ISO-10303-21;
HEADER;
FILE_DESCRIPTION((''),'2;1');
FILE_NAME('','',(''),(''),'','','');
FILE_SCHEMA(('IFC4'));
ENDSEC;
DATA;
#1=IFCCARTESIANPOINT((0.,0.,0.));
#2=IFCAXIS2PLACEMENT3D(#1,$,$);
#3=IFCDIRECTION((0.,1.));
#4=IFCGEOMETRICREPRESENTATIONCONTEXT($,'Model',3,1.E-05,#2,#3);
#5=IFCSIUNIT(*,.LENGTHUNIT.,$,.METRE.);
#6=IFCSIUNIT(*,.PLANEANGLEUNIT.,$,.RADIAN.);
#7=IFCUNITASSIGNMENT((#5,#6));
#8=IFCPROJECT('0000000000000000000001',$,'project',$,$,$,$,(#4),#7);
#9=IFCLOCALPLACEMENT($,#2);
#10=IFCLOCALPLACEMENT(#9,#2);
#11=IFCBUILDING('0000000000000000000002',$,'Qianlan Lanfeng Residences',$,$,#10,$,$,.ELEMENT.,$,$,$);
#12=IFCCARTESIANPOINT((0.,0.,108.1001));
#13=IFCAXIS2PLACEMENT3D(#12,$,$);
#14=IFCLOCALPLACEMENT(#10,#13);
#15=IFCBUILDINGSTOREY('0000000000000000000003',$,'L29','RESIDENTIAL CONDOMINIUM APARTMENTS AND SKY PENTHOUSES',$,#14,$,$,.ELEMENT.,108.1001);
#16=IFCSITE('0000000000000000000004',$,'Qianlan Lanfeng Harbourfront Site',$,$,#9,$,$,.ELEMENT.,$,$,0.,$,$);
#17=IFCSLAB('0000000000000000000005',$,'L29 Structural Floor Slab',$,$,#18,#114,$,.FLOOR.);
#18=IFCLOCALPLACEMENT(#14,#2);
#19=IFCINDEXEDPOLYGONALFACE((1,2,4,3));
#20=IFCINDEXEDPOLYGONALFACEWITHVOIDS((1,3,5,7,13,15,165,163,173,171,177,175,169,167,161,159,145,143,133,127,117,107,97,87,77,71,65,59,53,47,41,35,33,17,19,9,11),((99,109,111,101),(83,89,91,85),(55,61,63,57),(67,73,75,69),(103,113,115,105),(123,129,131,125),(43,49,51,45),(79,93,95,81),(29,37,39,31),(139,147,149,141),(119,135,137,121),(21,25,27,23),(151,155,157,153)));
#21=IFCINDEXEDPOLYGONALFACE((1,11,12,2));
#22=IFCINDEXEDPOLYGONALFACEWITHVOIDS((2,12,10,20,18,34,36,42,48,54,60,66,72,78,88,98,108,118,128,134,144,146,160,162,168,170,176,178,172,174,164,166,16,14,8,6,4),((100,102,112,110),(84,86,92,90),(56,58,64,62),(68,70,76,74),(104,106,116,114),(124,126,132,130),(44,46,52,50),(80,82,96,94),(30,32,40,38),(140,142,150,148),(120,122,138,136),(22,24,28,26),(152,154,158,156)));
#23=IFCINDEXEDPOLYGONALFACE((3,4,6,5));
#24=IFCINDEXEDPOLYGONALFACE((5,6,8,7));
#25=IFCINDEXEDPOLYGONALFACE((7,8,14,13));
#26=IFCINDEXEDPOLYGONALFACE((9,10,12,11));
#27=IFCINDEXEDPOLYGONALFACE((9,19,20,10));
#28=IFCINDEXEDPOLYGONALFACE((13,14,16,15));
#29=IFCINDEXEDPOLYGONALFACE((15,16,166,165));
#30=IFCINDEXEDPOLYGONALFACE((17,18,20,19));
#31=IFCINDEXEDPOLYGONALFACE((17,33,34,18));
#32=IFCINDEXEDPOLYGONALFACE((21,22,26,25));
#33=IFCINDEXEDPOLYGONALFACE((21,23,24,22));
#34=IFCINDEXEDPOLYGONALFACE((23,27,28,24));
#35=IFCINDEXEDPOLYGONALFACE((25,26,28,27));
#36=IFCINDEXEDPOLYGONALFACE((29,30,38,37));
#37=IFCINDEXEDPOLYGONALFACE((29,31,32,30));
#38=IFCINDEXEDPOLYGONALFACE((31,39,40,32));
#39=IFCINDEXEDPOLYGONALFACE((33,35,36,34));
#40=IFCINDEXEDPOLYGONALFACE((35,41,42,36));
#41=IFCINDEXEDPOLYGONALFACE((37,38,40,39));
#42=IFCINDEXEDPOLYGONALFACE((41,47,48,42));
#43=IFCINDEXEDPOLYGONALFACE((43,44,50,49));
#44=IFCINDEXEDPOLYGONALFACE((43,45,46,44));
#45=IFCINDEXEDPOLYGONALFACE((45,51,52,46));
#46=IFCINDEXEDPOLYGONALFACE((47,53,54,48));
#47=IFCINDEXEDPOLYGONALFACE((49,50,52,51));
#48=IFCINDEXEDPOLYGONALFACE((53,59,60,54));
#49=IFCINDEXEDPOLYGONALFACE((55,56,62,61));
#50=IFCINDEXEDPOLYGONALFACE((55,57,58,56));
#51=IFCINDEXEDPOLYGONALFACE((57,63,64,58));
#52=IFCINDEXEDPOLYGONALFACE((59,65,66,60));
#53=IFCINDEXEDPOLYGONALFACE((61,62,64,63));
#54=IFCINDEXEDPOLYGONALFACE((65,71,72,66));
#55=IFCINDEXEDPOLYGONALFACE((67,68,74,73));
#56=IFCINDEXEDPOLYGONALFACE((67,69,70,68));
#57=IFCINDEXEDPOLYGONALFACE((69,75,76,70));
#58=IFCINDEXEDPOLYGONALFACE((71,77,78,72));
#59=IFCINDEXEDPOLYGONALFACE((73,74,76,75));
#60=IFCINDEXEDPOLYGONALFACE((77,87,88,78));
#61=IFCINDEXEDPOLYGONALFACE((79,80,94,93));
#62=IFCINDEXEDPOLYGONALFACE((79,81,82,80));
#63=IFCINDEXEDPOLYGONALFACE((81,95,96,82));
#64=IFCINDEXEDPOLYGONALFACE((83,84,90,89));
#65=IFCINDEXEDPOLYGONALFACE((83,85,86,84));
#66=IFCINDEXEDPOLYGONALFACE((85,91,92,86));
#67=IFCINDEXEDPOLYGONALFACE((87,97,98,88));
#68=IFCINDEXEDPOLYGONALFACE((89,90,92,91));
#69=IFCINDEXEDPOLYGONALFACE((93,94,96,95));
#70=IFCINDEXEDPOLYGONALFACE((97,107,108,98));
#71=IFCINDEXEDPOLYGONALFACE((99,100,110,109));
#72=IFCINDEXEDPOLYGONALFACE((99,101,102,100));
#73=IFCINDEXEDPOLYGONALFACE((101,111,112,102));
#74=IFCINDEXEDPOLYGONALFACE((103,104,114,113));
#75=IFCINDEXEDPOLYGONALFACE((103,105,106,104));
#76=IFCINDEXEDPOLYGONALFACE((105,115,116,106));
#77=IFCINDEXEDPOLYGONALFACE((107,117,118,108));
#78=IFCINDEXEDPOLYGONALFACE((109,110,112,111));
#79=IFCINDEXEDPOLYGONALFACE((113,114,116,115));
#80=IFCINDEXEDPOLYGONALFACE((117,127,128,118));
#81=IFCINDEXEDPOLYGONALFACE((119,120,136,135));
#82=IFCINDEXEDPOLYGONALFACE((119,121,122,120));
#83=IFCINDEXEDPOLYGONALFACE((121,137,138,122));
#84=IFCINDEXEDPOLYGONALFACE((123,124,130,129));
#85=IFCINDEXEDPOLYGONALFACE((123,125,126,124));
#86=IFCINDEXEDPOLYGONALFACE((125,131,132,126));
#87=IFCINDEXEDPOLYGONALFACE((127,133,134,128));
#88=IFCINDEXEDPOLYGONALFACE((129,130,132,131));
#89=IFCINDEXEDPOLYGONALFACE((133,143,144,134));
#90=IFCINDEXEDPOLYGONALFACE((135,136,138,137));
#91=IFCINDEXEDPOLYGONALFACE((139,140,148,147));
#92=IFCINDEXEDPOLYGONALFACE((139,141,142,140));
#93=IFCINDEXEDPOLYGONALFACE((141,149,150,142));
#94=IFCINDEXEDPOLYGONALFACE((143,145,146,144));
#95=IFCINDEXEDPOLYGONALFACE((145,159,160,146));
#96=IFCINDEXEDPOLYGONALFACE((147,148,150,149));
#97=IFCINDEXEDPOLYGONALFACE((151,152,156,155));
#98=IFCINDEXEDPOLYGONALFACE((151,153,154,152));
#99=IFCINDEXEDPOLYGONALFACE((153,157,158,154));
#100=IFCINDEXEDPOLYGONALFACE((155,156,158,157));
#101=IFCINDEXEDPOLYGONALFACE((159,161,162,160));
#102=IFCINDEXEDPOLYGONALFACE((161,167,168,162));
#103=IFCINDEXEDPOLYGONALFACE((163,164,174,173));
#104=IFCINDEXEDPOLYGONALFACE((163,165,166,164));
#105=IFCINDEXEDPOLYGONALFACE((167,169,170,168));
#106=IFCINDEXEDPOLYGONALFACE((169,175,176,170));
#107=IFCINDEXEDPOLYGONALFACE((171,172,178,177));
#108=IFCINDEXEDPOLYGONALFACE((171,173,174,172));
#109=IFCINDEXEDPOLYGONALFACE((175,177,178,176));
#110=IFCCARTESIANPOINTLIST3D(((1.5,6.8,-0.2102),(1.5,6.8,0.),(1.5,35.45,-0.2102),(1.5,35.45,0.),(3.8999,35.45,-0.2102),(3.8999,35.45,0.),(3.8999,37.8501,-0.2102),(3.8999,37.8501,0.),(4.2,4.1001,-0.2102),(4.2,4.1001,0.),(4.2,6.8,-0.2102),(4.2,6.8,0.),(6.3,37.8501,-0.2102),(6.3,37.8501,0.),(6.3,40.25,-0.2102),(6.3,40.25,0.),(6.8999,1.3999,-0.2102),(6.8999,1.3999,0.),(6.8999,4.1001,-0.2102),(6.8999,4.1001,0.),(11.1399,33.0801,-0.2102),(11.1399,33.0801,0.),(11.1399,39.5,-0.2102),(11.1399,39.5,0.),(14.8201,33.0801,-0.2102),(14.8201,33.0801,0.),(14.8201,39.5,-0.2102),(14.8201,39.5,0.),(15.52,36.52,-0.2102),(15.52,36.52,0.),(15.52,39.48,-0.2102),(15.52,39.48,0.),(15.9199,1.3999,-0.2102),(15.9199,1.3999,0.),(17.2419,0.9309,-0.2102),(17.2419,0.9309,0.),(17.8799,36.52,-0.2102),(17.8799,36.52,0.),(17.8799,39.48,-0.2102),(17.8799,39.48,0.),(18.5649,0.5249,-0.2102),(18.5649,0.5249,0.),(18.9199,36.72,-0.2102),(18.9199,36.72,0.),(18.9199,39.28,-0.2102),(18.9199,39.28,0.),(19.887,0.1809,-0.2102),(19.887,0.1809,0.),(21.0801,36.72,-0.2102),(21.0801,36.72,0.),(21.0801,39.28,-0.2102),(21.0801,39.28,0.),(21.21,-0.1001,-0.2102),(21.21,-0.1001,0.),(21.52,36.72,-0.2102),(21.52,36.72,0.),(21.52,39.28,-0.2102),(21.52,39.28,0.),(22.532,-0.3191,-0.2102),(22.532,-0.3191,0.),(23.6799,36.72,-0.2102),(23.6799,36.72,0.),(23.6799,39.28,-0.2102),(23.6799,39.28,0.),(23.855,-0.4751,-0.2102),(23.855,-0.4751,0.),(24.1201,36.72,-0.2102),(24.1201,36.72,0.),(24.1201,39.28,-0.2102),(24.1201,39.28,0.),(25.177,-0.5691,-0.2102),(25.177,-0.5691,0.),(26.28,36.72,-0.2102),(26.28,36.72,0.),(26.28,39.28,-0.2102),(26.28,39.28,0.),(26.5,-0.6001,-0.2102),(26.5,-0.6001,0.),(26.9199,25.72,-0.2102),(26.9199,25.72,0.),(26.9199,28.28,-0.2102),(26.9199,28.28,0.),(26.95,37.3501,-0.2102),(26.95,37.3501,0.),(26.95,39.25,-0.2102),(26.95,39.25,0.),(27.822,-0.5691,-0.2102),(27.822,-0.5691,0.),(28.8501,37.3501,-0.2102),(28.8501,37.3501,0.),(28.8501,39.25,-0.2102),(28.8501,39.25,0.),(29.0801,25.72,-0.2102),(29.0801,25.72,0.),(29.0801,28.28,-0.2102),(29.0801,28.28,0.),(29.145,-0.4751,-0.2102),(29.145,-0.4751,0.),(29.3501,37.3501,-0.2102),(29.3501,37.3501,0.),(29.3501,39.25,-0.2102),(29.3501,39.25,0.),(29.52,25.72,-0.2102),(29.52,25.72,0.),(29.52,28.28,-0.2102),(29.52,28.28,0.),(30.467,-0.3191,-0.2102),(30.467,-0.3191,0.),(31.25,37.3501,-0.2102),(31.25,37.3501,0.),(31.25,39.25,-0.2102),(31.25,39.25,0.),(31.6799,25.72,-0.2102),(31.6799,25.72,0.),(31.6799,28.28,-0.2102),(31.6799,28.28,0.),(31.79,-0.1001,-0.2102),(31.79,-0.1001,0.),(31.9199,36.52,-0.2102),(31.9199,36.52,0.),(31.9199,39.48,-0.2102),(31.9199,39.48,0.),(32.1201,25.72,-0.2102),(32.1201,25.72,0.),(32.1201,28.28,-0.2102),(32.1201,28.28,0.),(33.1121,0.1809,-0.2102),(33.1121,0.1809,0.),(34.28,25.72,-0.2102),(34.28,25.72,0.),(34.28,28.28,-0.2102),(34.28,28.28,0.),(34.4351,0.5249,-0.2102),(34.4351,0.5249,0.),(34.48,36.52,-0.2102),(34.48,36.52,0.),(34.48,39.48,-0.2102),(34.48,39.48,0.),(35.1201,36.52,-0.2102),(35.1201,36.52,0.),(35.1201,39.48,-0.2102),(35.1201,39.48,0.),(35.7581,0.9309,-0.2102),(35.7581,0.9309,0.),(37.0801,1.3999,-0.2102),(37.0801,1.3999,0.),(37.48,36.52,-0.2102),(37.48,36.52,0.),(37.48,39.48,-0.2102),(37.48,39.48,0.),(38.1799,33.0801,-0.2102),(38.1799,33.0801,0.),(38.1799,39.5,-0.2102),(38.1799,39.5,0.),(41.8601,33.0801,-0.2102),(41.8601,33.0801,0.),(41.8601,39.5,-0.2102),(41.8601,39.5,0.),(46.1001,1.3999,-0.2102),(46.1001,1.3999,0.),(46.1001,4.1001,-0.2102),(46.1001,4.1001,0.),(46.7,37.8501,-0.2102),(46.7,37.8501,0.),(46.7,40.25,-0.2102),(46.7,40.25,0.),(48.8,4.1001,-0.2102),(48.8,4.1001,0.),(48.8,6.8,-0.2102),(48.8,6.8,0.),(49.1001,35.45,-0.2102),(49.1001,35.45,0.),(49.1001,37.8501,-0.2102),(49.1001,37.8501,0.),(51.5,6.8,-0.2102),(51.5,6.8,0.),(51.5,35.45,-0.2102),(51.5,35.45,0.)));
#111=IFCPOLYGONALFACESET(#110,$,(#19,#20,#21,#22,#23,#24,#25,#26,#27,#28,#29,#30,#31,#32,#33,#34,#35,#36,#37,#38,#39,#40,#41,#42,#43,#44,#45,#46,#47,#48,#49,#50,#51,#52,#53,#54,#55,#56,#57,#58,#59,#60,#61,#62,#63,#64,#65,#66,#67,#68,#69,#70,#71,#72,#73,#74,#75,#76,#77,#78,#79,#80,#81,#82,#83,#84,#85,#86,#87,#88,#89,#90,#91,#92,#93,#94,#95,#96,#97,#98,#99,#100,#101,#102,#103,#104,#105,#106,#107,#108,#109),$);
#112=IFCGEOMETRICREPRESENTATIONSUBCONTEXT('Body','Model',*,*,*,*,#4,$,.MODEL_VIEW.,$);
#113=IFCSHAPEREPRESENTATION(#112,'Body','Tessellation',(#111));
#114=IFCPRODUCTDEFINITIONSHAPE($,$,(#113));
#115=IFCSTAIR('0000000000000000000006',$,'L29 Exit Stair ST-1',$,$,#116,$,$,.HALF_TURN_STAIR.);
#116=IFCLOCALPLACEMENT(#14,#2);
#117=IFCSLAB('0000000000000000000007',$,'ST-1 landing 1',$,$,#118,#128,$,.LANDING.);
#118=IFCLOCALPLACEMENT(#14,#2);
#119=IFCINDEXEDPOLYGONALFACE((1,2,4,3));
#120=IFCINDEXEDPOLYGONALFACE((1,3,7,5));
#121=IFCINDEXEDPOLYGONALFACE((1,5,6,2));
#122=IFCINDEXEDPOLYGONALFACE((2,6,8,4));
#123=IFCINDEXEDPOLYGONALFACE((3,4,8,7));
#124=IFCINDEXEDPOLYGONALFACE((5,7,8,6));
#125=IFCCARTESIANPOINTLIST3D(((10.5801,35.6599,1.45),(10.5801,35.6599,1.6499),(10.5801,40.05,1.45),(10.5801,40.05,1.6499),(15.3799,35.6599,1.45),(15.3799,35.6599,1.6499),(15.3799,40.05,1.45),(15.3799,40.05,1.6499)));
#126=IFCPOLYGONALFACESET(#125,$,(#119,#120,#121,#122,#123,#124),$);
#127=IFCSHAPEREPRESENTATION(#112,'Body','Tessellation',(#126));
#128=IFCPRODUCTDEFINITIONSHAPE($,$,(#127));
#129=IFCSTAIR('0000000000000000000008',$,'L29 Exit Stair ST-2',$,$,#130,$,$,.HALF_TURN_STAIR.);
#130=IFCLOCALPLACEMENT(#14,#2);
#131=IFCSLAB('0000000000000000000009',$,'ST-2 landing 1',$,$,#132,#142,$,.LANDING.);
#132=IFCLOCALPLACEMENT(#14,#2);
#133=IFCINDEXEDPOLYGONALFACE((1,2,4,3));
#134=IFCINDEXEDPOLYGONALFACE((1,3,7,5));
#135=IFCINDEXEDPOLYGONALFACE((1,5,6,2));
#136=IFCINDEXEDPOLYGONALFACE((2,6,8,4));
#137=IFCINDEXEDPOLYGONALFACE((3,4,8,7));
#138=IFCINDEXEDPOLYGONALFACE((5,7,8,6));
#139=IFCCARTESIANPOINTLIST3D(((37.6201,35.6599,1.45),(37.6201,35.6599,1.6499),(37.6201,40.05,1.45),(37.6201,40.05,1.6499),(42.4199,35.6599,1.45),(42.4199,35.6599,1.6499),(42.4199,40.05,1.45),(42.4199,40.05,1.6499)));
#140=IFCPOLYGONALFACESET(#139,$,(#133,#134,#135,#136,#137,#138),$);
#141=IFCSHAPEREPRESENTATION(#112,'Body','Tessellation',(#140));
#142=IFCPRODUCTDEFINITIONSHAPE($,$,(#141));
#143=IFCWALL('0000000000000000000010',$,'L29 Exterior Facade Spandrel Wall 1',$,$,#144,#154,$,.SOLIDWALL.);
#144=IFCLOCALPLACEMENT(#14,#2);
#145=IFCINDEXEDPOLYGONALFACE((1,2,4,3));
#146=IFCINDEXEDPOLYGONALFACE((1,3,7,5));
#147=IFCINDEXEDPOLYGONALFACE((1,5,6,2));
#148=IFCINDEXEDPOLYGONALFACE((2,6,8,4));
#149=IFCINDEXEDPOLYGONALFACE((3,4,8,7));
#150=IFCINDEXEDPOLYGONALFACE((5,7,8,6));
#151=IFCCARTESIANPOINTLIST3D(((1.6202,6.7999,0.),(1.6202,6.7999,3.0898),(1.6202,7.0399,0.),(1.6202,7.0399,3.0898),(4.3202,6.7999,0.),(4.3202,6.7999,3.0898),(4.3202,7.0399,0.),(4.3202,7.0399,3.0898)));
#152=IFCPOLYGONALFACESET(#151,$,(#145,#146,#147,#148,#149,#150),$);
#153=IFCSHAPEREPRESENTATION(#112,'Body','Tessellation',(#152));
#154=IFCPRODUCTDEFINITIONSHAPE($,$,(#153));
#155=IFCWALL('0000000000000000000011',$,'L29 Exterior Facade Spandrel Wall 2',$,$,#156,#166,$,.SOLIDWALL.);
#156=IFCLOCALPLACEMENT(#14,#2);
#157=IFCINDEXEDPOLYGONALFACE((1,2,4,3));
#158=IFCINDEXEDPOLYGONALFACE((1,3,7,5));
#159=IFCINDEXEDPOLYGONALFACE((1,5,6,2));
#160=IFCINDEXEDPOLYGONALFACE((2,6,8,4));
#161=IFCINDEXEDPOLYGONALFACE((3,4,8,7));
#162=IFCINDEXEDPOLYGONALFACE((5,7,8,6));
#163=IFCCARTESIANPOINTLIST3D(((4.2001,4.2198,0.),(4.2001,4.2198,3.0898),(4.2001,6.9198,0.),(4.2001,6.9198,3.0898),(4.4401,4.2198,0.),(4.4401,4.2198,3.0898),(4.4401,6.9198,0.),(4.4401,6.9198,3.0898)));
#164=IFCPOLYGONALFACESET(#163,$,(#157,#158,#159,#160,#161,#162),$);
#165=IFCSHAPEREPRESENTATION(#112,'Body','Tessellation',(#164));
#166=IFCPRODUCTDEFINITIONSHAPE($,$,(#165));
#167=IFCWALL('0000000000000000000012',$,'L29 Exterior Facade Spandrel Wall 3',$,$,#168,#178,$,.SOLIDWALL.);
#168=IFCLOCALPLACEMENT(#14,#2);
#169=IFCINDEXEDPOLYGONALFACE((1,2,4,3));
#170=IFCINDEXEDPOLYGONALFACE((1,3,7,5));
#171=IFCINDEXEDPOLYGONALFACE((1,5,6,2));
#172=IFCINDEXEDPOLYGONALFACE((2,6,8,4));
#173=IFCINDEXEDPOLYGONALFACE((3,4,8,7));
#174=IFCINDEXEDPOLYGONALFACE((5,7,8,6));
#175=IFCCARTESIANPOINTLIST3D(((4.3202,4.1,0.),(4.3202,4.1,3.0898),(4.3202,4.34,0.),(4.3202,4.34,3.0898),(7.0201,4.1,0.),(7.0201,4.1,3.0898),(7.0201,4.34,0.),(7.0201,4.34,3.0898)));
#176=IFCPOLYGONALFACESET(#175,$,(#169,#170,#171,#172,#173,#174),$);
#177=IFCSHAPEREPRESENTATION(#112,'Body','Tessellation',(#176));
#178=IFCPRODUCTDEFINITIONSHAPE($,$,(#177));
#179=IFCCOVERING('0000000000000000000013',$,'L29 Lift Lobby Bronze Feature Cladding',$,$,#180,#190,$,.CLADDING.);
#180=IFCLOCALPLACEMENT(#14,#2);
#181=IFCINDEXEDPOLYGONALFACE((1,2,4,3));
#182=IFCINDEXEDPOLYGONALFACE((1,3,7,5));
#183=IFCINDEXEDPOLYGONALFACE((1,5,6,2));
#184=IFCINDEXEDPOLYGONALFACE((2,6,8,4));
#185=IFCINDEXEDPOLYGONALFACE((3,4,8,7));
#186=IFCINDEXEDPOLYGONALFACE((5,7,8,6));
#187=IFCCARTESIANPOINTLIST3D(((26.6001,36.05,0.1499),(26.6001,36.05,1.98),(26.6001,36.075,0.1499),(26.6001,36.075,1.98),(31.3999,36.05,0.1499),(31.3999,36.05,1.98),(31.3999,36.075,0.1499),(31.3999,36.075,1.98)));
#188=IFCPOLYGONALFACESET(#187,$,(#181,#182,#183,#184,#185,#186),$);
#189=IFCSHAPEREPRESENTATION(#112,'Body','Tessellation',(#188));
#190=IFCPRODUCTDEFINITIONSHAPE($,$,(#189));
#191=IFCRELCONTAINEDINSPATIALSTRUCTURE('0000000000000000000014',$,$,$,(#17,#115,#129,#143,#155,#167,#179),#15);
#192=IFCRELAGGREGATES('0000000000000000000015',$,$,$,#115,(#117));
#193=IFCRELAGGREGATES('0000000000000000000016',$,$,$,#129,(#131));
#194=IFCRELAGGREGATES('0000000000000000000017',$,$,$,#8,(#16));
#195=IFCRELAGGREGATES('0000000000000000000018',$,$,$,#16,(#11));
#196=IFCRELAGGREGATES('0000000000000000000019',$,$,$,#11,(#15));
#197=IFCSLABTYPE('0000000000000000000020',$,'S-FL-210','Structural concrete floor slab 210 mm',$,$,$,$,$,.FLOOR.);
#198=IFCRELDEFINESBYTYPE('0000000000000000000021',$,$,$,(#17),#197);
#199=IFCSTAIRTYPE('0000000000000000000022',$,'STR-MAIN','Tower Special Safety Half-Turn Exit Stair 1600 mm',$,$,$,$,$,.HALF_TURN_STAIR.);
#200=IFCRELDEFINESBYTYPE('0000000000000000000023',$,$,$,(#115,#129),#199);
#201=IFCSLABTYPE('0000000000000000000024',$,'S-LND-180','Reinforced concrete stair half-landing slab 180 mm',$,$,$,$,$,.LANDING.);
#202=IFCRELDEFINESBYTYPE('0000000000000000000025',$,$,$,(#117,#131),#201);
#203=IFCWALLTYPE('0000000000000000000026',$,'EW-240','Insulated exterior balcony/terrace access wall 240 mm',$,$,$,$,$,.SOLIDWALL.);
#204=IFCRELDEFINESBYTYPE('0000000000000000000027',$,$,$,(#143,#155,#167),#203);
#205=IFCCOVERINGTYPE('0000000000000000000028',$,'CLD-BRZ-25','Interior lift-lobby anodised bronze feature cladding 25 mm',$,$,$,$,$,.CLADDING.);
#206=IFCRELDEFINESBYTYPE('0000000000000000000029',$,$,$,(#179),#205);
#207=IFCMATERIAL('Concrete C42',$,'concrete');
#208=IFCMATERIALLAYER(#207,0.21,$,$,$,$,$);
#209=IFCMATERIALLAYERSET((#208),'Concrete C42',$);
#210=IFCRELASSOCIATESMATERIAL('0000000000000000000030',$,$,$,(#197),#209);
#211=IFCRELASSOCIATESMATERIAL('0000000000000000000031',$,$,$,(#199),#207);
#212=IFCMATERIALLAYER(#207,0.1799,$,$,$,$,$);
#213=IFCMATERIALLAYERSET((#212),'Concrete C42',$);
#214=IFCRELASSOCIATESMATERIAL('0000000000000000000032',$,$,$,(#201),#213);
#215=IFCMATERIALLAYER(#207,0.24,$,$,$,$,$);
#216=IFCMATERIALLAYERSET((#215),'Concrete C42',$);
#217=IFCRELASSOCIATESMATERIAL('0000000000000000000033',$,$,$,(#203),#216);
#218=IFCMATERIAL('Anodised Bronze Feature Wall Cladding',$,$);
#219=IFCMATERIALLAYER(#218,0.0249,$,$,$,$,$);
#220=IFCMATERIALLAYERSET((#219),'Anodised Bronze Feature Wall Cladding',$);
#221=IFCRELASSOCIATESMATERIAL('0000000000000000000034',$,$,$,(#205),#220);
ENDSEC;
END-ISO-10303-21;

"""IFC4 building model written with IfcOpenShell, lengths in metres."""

from ifc_helpers import new_model, si_unit, direction, frame, frame_2d, origin, place, context, subcontext, project, spatial, polyline, rectangle, outline, extrude, material, layer, layer_set, type_object, element, aggregate, save


model = new_model("IFC4")

# Units and contexts
model_context = context("Model", 3, precision=1e-05, world=origin(), true_north=direction((0.0, 1.0)))
body_context = subcontext(model_context, "Body", "Model", "MODEL_VIEW")
ifc_project = project(units=[si_unit("LENGTHUNIT", "METRE"), si_unit("PLANEANGLEUNIT", "RADIAN")], contexts=[model_context])

# Site, building, storey
site_placement = place(None, origin())
site = spatial("IfcSite", under=ifc_project, at=site_placement, Name="Qianlan Lanfeng Harbourfront Site", CompositionType="ELEMENT", RefElevation=0.0)
building_placement = place(site_placement, origin())
building = spatial("IfcBuilding", under=site, at=building_placement, Name="Qianlan Lanfeng Residences", CompositionType="ELEMENT")
storey_placement = place(building_placement, frame((0.0, 0.0, 108.1001)))
storey = spatial("IfcBuildingStorey", under=building, at=storey_placement, Name="L29", Description="RESIDENTIAL CONDOMINIUM APARTMENTS AND SKY PENTHOUSES", CompositionType="ELEMENT", Elevation=108.1001)

# Slab
ifc_material_1 = material(Name="Concrete C42", Category="concrete")
ifc_layer_1 = layer(ifc_material_1, 0.21)
ifc_layer_set_1 = layer_set([ifc_layer_1], Name="Concrete C42")
slab_type_1 = type_object("IfcSlabType", Name="S-FL-210", Description="Structural concrete floor slab 210 mm", PredefinedType="FLOOR", material=ifc_layer_set_1)
slab_1_placement = place(storey_placement, frame((0.0, 0.0, -0.2102)))
element("IfcSlab", 1, at=slab_1_placement, inside=storey, type_object=slab_type_1, Name="L29 Structural Floor Slab", PredefinedType="FLOOR", context=body_context, shape_type="SweptSolid", body=[
    extrude(outline(polyline([(1.5, 6.8), (4.2, 6.8), (4.2, 4.1001), (6.8999, 4.1001), (6.8999, 1.3999), (15.9199, 1.3999), (17.2419, 0.9309), (18.5649, 0.5249), (19.887, 0.1809), (21.21, -0.1001), (22.532, -0.3191), (23.855, -0.4751), (25.177, -0.5691), (26.5, -0.6001), (27.822, -0.5691), (29.145, -0.4751), (30.467, -0.3191), (31.79, -0.1001), (33.1121, 0.1809), (34.4351, 0.5249), (35.7581, 0.9309), (37.0801, 1.3999), (46.1001, 1.3999), (46.1001, 4.1001), (48.8, 4.1001), (48.8, 6.8), (51.5, 6.8), (51.5, 35.45), (49.1001, 35.45), (49.1001, 37.8501), (46.7, 37.8501), (46.7, 40.25), (6.3, 40.25), (6.3, 37.8501), (3.8999, 37.8501), (3.8999, 35.45), (1.5, 35.45), (1.5, 6.8)]), holes=[polyline([(11.1399, 33.0801), (11.1399, 39.5), (14.8201, 39.5), (14.8201, 33.0801), (11.1399, 33.0801)]), polyline([(38.1799, 33.0801), (38.1799, 39.5), (41.8601, 39.5), (41.8601, 33.0801), (38.1799, 33.0801)]), polyline([(15.52, 36.52), (15.52, 39.48), (17.8799, 39.48), (17.8799, 36.52), (15.52, 36.52)]), polyline([(35.1201, 36.52), (35.1201, 39.48), (37.48, 39.48), (37.48, 36.52), (35.1201, 36.52)]), polyline([(31.9199, 36.52), (31.9199, 39.48), (34.48, 39.48), (34.48, 36.52), (31.9199, 36.52)]), polyline([(26.9199, 25.72), (26.9199, 28.28), (29.0801, 28.28), (29.0801, 25.72), (26.9199, 25.72)]), polyline([(29.52, 25.72), (29.52, 28.28), (31.6799, 28.28), (31.6799, 25.72), (29.52, 25.72)]), polyline([(32.1201, 25.72), (32.1201, 28.28), (34.28, 28.28), (34.28, 25.72), (32.1201, 25.72)]), polyline([(18.9199, 36.72), (18.9199, 39.28), (21.0801, 39.28), (21.0801, 36.72), (18.9199, 36.72)]), polyline([(21.52, 36.72), (21.52, 39.28), (23.6799, 39.28), (23.6799, 36.72), (21.52, 36.72)]), polyline([(24.1201, 36.72), (24.1201, 39.28), (26.28, 39.28), (26.28, 36.72), (24.1201, 36.72)]), polyline([(26.95, 37.3501), (26.95, 39.25), (28.8501, 39.25), (28.8501, 37.3501), (26.95, 37.3501)]), polyline([(29.3501, 37.3501), (29.3501, 39.25), (31.25, 39.25), (31.25, 37.3501), (29.3501, 37.3501)])]), origin(), (0.0, 0.0, 1.0), 0.2102),
])

# Stairs, slabs
stair_type = type_object("IfcStairType", Name="STR-MAIN", Description="Tower Special Safety Half-Turn Exit Stair 1600 mm", PredefinedType="HALF_TURN_STAIR", material=ifc_material_1)
stair_1_placement = place(storey_placement, origin())
stair_1 = element("IfcStair", 2, at=stair_1_placement, inside=storey, type_object=stair_type, Name="L29 Exit Stair ST-1", PredefinedType="HALF_TURN_STAIR")
ifc_layer_2 = layer(ifc_material_1, 0.1799)
ifc_layer_set_2 = layer_set([ifc_layer_2], Name="Concrete C42")
slab_type_2 = type_object("IfcSlabType", Name="S-LND-180", Description="Reinforced concrete stair half-landing slab 180 mm", PredefinedType="LANDING", material=ifc_layer_set_2)
slab_2_placement = place(storey_placement, frame((0.0, 0.0, 1.45)))
slab_2 = element("IfcSlab", 3, at=slab_2_placement, type_object=slab_type_2, Name="ST-1 landing 1", PredefinedType="LANDING", context=body_context, shape_type="SweptSolid", body=[
    extrude(outline(polyline([(10.5801, 35.6599), (15.3799, 35.6599), (15.3799, 40.05), (10.5801, 40.05), (10.5801, 35.6599)])), origin(), (0.0, 0.0, 1.0), 0.2),
])
aggregate(stair_1, [slab_2])
stair_2_placement = place(storey_placement, origin())
stair_2 = element("IfcStair", 4, at=stair_2_placement, inside=storey, type_object=stair_type, Name="L29 Exit Stair ST-2", PredefinedType="HALF_TURN_STAIR")
slab_3_placement = place(storey_placement, frame((0.0, 0.0, 1.45)))
slab_3 = element("IfcSlab", 5, at=slab_3_placement, type_object=slab_type_2, Name="ST-2 landing 1", PredefinedType="LANDING", context=body_context, shape_type="SweptSolid", body=[
    extrude(outline(polyline([(37.6201, 35.6599), (42.4199, 35.6599), (42.4199, 40.05), (37.6201, 40.05), (37.6201, 35.6599)])), origin(), (0.0, 0.0, 1.0), 0.2),
])
aggregate(stair_2, [slab_3])

# Walls
ifc_layer_3 = layer(ifc_material_1, 0.24)
ifc_layer_set_3 = layer_set([ifc_layer_3], Name="Concrete C42")
wall_type = type_object("IfcWallType", Name="EW-240", Description="Insulated exterior balcony/terrace access wall 240 mm", PredefinedType="SOLIDWALL", material=ifc_layer_set_3)
for number, where, z_axis, x_axis, name in (
    (6, (1.6201, 6.9199, 0.0), (0.0, 0.0, 1.0), (1.0, 0.0, 0.0), "L29 Exterior Facade Spandrel Wall 1"),
    (7, (4.3201, 6.9199, 0.0), (0.0, 0.0, 1.0), (0.0, -1.0, 0.0), "L29 Exterior Facade Spandrel Wall 2"),
    (8, (4.3201, 4.22, 0.0), (0.0, 0.0, 1.0), (1.0, 0.0, 0.0), "L29 Exterior Facade Spandrel Wall 3"),
):
    element("IfcWall", number, at=place(storey_placement, frame(where, z_axis=z_axis, x_axis=x_axis)), inside=storey, type_object=wall_type, Name=name, PredefinedType="SOLIDWALL", context=body_context, shape_type="SweptSolid", body=[
        extrude(rectangle(XDim=2.7, YDim=0.24, at=frame_2d((1.3501, 0.0))), origin(), (0.0, 0.0, 1.0), 3.0898),
    ])

# Covering
ifc_material_2 = material(Name="Anodised Bronze Feature Wall Cladding")
ifc_layer_4 = layer(ifc_material_2, 0.0249)
ifc_layer_set_4 = layer_set([ifc_layer_4], Name="Anodised Bronze Feature Wall Cladding")
covering_type_1 = type_object("IfcCoveringType", Name="CLD-BRZ-25", Description="Interior lift-lobby anodised bronze feature cladding 25 mm", PredefinedType="CLADDING", material=ifc_layer_set_4)
covering_1_placement = place(storey_placement, frame((0.0, 0.0, 0.1499)))
element("IfcCovering", 9, at=covering_1_placement, inside=storey, type_object=covering_type_1, Name="L29 Lift Lobby Bronze Feature Cladding", PredefinedType="CLADDING", context=body_context, shape_type="SweptSolid", body=[
    extrude(outline(polyline([(26.6001, 36.05), (31.3999, 36.05), (31.3999, 36.075), (26.6001, 36.075), (26.6001, 36.05)])), origin(), (0.0, 0.0, 1.0), 1.8301),
])

save(model, "model.ifc")
